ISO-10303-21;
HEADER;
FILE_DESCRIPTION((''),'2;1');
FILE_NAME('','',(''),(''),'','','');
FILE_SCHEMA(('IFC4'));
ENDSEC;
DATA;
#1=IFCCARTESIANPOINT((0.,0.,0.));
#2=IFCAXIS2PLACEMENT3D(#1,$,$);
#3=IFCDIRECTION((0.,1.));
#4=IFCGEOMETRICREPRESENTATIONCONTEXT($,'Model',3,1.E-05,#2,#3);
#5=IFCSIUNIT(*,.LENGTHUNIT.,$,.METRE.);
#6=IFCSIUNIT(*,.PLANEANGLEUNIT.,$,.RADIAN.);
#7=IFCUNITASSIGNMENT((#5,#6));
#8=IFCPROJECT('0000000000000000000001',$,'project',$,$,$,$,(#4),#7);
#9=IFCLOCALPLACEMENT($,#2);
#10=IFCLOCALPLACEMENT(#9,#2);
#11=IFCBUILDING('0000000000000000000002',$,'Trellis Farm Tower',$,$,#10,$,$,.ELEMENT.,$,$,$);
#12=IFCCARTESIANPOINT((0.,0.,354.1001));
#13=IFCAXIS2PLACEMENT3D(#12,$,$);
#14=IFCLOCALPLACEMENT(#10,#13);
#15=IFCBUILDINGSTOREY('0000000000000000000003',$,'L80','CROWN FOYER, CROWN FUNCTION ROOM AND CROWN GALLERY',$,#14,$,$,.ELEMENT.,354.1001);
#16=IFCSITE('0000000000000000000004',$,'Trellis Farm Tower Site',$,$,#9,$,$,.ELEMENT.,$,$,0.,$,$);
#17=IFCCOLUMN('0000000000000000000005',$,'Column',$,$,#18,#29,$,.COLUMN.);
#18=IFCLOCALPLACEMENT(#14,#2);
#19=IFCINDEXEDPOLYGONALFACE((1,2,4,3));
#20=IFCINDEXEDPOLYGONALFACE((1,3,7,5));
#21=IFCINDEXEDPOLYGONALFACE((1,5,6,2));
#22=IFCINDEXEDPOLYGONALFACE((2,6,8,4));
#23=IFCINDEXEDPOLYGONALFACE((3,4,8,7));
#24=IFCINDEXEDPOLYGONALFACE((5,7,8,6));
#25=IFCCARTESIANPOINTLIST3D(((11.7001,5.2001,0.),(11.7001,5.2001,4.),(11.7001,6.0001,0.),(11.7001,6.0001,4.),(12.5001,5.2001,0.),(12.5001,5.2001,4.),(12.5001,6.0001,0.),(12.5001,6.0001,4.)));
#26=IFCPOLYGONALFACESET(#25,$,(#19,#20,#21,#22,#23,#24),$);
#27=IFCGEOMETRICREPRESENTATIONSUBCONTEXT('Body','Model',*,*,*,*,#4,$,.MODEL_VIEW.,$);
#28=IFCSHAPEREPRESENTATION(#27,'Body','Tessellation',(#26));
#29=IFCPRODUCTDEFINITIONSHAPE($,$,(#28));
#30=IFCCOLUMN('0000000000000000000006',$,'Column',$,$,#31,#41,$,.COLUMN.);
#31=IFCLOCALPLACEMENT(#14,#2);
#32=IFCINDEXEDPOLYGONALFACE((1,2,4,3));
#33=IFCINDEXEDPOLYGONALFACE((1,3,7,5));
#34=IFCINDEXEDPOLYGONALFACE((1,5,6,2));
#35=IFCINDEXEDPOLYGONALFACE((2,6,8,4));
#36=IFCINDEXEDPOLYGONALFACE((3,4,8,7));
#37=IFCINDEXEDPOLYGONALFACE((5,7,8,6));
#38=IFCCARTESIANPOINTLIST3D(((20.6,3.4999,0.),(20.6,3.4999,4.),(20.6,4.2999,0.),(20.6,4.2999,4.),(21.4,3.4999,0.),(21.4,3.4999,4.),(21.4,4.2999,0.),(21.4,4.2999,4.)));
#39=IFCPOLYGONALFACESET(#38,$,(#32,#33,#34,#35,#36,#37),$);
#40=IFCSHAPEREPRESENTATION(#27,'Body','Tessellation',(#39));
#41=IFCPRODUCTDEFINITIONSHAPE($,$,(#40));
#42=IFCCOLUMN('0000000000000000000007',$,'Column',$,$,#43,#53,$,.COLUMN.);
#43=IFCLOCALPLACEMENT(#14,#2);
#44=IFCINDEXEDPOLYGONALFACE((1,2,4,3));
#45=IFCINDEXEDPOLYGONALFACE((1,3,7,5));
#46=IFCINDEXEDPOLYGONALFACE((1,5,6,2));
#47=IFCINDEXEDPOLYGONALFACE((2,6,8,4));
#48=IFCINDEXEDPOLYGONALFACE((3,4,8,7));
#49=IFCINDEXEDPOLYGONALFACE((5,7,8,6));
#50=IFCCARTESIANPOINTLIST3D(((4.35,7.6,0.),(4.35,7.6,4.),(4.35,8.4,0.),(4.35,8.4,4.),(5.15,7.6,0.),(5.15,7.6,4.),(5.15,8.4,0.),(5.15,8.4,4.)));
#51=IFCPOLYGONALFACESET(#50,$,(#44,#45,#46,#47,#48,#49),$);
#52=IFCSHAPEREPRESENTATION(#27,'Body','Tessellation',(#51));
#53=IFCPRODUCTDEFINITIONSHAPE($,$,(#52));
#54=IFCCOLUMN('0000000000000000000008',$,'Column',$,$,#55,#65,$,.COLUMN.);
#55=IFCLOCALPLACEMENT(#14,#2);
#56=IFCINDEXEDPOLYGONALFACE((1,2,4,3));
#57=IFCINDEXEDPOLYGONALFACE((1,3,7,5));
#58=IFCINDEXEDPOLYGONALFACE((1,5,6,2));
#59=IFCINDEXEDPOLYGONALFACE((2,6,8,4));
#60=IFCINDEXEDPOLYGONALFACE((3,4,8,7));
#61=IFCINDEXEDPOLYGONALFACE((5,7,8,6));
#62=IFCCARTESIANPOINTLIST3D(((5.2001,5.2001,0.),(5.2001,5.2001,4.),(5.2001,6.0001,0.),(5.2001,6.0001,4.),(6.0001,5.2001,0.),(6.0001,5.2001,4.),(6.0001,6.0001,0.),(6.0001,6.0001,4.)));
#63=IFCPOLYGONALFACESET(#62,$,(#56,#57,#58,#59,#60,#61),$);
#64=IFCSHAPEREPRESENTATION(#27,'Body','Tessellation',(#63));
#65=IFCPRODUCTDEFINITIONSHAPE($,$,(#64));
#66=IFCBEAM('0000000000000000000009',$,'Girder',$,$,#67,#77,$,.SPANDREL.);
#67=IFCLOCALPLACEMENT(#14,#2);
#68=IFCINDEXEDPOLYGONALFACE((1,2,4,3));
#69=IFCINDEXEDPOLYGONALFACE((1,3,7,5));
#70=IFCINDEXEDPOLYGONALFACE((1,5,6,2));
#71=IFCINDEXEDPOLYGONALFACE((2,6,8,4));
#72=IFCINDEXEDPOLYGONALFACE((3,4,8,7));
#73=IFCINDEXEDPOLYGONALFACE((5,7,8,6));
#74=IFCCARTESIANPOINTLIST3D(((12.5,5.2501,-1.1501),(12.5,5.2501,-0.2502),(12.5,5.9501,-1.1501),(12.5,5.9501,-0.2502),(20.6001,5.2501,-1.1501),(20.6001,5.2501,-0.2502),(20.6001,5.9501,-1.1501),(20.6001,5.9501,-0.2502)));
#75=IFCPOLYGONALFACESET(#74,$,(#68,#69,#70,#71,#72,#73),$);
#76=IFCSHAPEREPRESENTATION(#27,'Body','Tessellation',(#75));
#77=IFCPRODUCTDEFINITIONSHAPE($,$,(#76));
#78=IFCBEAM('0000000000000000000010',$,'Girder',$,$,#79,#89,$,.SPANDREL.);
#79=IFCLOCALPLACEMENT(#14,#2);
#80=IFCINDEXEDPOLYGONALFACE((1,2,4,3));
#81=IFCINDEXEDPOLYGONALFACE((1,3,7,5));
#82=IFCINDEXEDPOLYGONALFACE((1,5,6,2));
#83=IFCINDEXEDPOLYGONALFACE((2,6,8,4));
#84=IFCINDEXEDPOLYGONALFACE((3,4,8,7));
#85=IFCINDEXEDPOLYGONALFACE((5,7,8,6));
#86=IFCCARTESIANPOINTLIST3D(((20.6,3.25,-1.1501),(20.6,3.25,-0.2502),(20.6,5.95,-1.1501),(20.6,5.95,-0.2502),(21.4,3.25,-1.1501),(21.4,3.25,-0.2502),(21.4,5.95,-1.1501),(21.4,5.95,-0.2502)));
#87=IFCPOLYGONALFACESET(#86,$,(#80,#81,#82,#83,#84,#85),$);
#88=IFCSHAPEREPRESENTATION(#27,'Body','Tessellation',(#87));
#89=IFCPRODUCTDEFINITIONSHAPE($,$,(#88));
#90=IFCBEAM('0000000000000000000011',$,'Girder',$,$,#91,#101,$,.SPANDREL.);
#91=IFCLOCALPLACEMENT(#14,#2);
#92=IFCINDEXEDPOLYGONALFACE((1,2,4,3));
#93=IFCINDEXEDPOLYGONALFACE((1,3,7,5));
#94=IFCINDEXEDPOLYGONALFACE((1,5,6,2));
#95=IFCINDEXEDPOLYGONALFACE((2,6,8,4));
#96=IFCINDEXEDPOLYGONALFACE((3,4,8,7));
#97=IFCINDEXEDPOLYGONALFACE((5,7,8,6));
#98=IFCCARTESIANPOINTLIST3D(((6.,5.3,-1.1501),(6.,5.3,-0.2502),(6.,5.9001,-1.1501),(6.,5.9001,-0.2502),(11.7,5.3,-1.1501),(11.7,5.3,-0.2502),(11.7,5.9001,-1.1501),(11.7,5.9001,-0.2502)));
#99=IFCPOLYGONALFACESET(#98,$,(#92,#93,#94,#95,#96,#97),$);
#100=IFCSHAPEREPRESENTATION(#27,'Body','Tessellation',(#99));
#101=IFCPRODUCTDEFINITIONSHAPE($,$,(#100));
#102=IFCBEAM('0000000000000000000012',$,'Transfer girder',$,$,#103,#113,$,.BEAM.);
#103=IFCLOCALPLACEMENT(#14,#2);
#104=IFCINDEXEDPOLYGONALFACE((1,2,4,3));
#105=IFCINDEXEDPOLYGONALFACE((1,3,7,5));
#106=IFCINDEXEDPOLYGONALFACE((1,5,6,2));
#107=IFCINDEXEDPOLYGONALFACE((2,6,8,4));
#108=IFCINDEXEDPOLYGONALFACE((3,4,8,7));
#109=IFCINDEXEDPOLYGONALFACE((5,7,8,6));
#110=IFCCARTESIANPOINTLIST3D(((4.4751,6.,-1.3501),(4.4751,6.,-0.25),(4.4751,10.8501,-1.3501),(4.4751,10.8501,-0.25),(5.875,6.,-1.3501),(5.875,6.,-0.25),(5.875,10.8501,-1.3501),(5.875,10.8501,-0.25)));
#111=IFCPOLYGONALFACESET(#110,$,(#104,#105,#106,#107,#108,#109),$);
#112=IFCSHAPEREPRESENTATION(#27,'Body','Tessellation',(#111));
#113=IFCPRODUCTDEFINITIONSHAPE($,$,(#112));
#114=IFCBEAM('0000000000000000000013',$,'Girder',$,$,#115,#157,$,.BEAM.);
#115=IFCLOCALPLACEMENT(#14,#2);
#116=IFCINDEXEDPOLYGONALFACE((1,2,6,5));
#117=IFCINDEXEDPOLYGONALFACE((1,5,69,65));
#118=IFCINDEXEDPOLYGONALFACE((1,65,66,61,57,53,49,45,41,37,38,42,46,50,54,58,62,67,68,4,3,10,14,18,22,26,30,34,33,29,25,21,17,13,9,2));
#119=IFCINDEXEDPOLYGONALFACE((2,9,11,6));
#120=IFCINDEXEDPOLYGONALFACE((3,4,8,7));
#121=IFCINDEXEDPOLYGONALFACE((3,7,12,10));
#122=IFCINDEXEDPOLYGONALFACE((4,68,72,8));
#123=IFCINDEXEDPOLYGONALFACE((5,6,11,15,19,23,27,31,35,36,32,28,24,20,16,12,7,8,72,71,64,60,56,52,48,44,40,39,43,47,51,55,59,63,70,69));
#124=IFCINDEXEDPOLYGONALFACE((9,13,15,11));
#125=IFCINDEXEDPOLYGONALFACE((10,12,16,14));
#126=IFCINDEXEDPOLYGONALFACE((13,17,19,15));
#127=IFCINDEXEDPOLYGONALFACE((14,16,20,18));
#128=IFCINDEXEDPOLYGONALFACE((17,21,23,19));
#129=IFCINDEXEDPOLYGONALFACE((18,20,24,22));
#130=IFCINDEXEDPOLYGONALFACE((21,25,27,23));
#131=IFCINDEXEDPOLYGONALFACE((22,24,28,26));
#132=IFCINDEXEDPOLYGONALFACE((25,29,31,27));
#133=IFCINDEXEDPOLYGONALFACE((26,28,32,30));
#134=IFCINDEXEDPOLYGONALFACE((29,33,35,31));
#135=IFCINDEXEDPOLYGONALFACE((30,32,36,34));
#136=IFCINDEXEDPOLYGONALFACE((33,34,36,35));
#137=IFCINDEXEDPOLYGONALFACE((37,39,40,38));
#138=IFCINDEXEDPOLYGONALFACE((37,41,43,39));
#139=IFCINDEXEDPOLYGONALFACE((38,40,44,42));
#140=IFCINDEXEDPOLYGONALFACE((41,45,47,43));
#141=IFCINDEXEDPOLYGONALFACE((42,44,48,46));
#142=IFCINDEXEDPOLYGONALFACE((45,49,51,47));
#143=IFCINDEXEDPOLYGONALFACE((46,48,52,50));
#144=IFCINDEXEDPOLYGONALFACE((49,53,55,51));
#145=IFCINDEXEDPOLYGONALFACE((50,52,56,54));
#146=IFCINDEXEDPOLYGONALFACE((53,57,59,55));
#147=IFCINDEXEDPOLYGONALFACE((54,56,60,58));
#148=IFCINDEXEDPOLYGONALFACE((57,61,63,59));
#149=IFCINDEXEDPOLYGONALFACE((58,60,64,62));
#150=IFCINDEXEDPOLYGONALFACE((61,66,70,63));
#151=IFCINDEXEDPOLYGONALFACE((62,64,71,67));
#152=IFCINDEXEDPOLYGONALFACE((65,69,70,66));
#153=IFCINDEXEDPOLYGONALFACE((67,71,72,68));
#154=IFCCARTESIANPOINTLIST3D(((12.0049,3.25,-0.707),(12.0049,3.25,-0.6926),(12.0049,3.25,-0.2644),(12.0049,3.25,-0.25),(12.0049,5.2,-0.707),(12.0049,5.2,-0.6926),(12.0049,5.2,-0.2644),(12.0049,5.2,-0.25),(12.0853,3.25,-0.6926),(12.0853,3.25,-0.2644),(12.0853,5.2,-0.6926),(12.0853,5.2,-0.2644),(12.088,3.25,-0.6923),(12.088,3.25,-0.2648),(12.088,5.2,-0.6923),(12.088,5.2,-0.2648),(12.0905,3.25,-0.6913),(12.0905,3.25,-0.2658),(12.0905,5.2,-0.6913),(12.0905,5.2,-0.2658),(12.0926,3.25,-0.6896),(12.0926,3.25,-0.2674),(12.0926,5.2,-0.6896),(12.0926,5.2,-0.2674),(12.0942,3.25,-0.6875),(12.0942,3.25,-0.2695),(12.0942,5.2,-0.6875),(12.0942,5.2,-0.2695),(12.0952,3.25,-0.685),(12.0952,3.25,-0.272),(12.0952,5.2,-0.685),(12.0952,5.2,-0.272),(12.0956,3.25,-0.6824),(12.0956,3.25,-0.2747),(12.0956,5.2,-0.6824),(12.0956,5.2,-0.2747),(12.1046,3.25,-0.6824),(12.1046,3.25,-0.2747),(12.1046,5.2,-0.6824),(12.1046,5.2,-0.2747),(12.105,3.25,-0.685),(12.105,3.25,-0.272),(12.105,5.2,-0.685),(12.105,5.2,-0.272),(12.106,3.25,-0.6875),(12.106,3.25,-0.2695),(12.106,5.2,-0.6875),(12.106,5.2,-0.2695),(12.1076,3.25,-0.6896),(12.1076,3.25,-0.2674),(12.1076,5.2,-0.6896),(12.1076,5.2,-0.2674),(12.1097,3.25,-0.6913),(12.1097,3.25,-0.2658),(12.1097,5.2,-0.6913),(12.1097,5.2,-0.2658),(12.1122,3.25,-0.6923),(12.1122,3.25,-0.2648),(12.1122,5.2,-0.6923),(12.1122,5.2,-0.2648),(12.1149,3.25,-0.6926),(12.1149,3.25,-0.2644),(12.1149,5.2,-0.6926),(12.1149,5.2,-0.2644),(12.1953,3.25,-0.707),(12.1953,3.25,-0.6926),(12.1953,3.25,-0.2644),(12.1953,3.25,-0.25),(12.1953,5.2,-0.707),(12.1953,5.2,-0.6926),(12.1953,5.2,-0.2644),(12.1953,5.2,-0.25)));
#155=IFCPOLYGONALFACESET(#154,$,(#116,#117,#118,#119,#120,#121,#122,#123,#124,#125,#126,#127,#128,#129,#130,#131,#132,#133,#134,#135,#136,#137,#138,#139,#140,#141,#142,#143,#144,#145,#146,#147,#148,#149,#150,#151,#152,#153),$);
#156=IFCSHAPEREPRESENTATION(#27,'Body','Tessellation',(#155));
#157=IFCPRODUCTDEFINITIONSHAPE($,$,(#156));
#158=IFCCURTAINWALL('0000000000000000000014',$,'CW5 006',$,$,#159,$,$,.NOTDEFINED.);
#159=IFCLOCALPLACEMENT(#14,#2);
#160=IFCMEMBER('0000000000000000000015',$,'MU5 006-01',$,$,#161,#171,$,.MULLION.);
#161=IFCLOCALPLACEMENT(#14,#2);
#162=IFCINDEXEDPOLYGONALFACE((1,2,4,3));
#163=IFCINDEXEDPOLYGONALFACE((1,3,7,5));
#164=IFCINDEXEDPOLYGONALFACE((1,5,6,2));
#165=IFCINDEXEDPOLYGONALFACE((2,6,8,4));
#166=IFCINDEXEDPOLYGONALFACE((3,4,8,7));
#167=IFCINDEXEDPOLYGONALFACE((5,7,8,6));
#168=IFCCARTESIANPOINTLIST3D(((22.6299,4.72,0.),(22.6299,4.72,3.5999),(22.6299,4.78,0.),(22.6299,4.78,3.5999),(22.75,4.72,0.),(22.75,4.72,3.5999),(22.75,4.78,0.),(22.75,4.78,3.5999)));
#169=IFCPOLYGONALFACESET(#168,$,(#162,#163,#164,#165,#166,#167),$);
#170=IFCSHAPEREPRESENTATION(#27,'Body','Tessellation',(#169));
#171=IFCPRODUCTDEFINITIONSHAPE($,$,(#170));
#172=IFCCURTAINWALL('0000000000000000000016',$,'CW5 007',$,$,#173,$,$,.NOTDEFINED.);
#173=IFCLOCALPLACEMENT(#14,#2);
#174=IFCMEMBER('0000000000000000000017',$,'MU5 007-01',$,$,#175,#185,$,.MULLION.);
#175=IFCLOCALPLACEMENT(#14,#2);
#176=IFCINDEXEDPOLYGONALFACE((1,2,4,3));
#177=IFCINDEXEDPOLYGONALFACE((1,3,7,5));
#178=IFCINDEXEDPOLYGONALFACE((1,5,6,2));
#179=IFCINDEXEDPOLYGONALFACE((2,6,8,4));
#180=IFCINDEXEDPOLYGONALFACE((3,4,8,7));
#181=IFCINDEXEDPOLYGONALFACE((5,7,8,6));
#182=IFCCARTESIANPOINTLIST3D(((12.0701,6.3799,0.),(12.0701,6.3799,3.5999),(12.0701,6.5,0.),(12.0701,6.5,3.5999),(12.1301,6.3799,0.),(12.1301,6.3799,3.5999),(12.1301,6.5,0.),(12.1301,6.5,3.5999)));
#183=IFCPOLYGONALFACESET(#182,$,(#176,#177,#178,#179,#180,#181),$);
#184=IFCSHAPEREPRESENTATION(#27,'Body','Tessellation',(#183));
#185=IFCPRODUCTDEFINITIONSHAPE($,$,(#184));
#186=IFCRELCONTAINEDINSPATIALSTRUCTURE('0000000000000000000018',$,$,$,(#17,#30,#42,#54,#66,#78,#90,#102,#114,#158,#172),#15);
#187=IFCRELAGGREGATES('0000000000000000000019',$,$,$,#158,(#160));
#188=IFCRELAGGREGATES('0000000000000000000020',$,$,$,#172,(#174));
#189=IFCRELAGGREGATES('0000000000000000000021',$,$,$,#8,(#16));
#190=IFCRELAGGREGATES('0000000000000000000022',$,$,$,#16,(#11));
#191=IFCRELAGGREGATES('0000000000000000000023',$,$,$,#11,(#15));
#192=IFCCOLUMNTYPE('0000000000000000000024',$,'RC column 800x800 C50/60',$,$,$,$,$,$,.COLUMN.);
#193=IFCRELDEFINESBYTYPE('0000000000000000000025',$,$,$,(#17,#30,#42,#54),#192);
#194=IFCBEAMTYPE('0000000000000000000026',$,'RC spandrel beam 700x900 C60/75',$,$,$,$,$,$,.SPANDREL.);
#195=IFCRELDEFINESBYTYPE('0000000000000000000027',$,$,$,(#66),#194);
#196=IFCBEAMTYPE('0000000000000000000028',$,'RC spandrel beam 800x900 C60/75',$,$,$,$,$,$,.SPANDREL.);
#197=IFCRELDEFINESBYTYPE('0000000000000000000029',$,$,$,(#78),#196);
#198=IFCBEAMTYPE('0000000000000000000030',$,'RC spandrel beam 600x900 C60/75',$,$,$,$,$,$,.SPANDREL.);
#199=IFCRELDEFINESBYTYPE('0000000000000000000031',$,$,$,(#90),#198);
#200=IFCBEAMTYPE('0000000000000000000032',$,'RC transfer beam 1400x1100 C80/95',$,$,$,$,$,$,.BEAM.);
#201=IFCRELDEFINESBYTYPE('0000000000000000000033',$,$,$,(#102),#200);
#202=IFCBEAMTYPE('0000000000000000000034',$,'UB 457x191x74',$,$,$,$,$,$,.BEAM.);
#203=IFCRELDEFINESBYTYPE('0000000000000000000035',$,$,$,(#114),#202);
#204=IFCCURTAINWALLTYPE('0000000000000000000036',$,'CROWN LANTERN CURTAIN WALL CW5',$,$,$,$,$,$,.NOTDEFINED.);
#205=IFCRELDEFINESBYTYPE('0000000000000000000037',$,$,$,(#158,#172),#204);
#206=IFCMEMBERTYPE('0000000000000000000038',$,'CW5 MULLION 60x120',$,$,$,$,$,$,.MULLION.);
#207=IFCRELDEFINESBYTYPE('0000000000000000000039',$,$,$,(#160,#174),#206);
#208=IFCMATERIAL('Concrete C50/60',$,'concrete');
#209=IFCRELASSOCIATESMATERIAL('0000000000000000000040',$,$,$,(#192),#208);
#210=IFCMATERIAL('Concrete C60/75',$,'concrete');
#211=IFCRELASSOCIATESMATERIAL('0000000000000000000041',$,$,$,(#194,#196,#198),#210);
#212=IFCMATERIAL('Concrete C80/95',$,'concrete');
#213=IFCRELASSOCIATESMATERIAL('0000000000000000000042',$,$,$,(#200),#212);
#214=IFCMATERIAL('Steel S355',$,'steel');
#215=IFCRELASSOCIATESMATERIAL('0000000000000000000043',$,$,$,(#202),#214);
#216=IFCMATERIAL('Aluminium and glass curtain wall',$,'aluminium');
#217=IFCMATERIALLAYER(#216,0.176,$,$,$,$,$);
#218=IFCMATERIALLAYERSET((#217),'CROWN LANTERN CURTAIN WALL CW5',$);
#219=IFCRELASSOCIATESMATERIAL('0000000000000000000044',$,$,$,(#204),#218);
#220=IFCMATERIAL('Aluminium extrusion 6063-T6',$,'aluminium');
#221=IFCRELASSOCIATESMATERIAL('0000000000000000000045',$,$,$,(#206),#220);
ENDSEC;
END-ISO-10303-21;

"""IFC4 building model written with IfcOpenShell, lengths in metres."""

from ifc_helpers import new_model, si_unit, direction, frame, origin, origin_2d, place, context, subcontext, project, spatial, rectangle, i_section, extrude, source, transform, mapped, material, layer, layer_set, material_profile, profile_set, type_object, element, aggregate, save


model = new_model("IFC4")

# Units and contexts
model_context = context("Model", 3, precision=1e-05, world=origin(), true_north=direction((0.0, 1.0)))
body_context = subcontext(model_context, "Body", "Model", "MODEL_VIEW")
ifc_project = project(units=[si_unit("LENGTHUNIT", "METRE"), si_unit("PLANEANGLEUNIT", "RADIAN")], contexts=[model_context])

# Site, building, storey
site_placement = place(None, origin())
site = spatial("IfcSite", under=ifc_project, at=site_placement, Name="Trellis Farm Tower Site", CompositionType="ELEMENT", RefElevation=0.0)
building_placement = place(site_placement, origin())
building = spatial("IfcBuilding", under=site, at=building_placement, Name="Trellis Farm Tower", CompositionType="ELEMENT")
storey_placement = place(building_placement, frame((0.0, 0.0, 354.1001)))
storey = spatial("IfcBuildingStorey", under=building, at=storey_placement, Name="L80", Description="CROWN FOYER, CROWN FUNCTION ROOM AND CROWN GALLERY", CompositionType="ELEMENT", Elevation=354.1001)

# Columns
ifc_material_1 = material(Name="Concrete C50/60", Category="concrete")
ifc_material_profile_1 = material_profile(ifc_material_1, rectangle(XDim=0.8, YDim=0.8, at=origin_2d()), Name="RC column 800x800 C50/60")
ifc_profile_set_1 = profile_set([ifc_material_profile_1], Name="Concrete C50/60")
column_type = type_object("IfcColumnType", Name="RC column 800x800 C50/60", PredefinedType="COLUMN", material=ifc_profile_set_1)
shared_shape_1 = source(origin(), body_context, "Body", "SweptSolid", [
    extrude(rectangle(XDim=0.8, YDim=0.8, at=origin_2d()), origin(), (0.0, 0.0, 1.0), 4.0),
])
for number, where, z_axis, x_axis, name in (
    (1, (12.1001, 5.6001, 0.0), (0.0, 0.0, 1.0), (1.0, 0.0, 0.0), "Column"),
    (2, (21.0, 3.8999, 0.0), (0.0, 0.0, 1.0), (1.0, 0.0, 0.0), "Column"),
    (3, (4.75, 8.0, 0.0), (0.0, 0.0, 1.0), (1.0, 0.0, 0.0), "Column"),
    (4, (5.6001, 5.6001, 0.0), (0.0, 0.0, 1.0), (1.0, 0.0, 0.0), "Column"),
):
    element("IfcColumn", number, at=place(storey_placement, frame(where, z_axis=z_axis, x_axis=x_axis)), inside=storey, type_object=column_type, Name=name, PredefinedType="COLUMN", context=body_context, shape_type="MappedRepresentation", body=[
        mapped(shared_shape_1, transform((0.0, 0.0, 0.0))),
    ])

# Beams
ifc_material_2 = material(Name="Concrete C60/75", Category="concrete")
ifc_material_profile_2 = material_profile(ifc_material_2, rectangle(XDim=0.7, YDim=0.8999, at=origin_2d()), Name="RC spandrel beam 700x900 C60/75")
ifc_profile_set_2 = profile_set([ifc_material_profile_2], Name="Concrete C60/75")
beam_type_1 = type_object("IfcBeamType", Name="RC spandrel beam 700x900 C60/75", PredefinedType="SPANDREL", material=ifc_profile_set_2)
shared_shape_2 = source(origin(), body_context, "Body", "SweptSolid", [
    extrude(rectangle(XDim=0.7, YDim=0.8999, at=origin_2d()), origin(), (0.0, 0.0, 1.0), 8.1001),
])
beam_1_placement = place(storey_placement, frame((12.5, 5.6001, -0.7002), z_axis=(1.0, 0.0, 0.0), x_axis=(0.0, 1.0, 0.0)))
element("IfcBeam", 5, at=beam_1_placement, inside=storey, type_object=beam_type_1, Name="Girder", PredefinedType="SPANDREL", context=body_context, shape_type="MappedRepresentation", body=[
    mapped(shared_shape_2, transform((0.0, 0.0, 0.0))),
])
ifc_material_profile_3 = material_profile(ifc_material_2, rectangle(XDim=0.8, YDim=0.8999, at=origin_2d()), Name="RC spandrel beam 800x900 C60/75")
ifc_profile_set_3 = profile_set([ifc_material_profile_3], Name="Concrete C60/75")
beam_type_2 = type_object("IfcBeamType", Name="RC spandrel beam 800x900 C60/75", PredefinedType="SPANDREL", material=ifc_profile_set_3)
shared_shape_3 = source(origin(), body_context, "Body", "SweptSolid", [
    extrude(rectangle(XDim=0.8, YDim=0.8999, at=origin_2d()), origin(), (0.0, 0.0, 1.0), 2.7),
])
beam_2_placement = place(storey_placement, frame((21.0, 3.25, -0.7002), z_axis=(0.0, 1.0, 0.0), x_axis=(-1.0, 0.0, 0.0)))
element("IfcBeam", 6, at=beam_2_placement, inside=storey, type_object=beam_type_2, Name="Girder", PredefinedType="SPANDREL", context=body_context, shape_type="MappedRepresentation", body=[
    mapped(shared_shape_3, transform((0.0, 0.0, 0.0))),
])
ifc_material_profile_4 = material_profile(ifc_material_2, rectangle(XDim=0.6001, YDim=0.8999, at=origin_2d()), Name="RC spandrel beam 600x900 C60/75")
ifc_profile_set_4 = profile_set([ifc_material_profile_4], Name="Concrete C60/75")
beam_type_3 = type_object("IfcBeamType", Name="RC spandrel beam 600x900 C60/75", PredefinedType="SPANDREL", material=ifc_profile_set_4)
shared_shape_4 = source(origin(), body_context, "Body", "SweptSolid", [
    extrude(rectangle(XDim=0.6001, YDim=0.8999, at=origin_2d()), origin(), (0.0, 0.0, 1.0), 5.7),
])
beam_3_placement = place(storey_placement, frame((6.0, 5.6001, -0.7002), z_axis=(1.0, 0.0, 0.0), x_axis=(0.0, 1.0, 0.0)))
element("IfcBeam", 7, at=beam_3_placement, inside=storey, type_object=beam_type_3, Name="Girder", PredefinedType="SPANDREL", context=body_context, shape_type="MappedRepresentation", body=[
    mapped(shared_shape_4, transform((0.0, 0.0, 0.0))),
])
ifc_material_3 = material(Name="Concrete C80/95", Category="concrete")
ifc_material_profile_5 = material_profile(ifc_material_3, rectangle(XDim=1.3999, YDim=1.1001, at=origin_2d()), Name="RC transfer beam 1400x1100 C80/95")
ifc_profile_set_5 = profile_set([ifc_material_profile_5], Name="Concrete C80/95")
beam_type_4 = type_object("IfcBeamType", Name="RC transfer beam 1400x1100 C80/95", PredefinedType="BEAM", material=ifc_profile_set_5)
shared_shape_5 = source(origin(), body_context, "Body", "SweptSolid", [
    extrude(rectangle(XDim=1.3999, YDim=1.1001, at=origin_2d()), origin(), (0.0, 0.0, 1.0), 4.8501),
])
beam_4_placement = place(storey_placement, frame((5.175, 6.0, -0.8), z_axis=(0.0, 1.0, 0.0), x_axis=(-1.0, 0.0, 0.0)))
element("IfcBeam", 8, at=beam_4_placement, inside=storey, type_object=beam_type_4, Name="Transfer girder", PredefinedType="BEAM", context=body_context, shape_type="MappedRepresentation", body=[
    mapped(shared_shape_5, transform((0.0, 0.0, 0.0))),
])
ifc_material_4 = material(Name="Steel S355", Category="steel")
ifc_material_profile_6 = material_profile(ifc_material_4, i_section(OverallWidth=0.1904, OverallDepth=0.457, WebThickness=0.009, FlangeThickness=0.0144, FilletRadius=0.0103, at=origin_2d()), Name="UB 457x191x74")
ifc_profile_set_6 = profile_set([ifc_material_profile_6], Name="Steel S355")
beam_type_5 = type_object("IfcBeamType", Name="UB 457x191x74", PredefinedType="BEAM", material=ifc_profile_set_6)
shared_shape_6 = source(origin(), body_context, "Body", "SweptSolid", [
    extrude(i_section(OverallWidth=0.1904, OverallDepth=0.457, WebThickness=0.009, FlangeThickness=0.0144, FilletRadius=0.0103, at=origin_2d()), origin(), (0.0, 0.0, 1.0), 1.95),
])
beam_5_placement = place(storey_placement, frame((12.1001, 3.25, -0.4785), z_axis=(0.0, 1.0, 0.0), x_axis=(-1.0, 0.0, 0.0)))
element("IfcBeam", 9, at=beam_5_placement, inside=storey, type_object=beam_type_5, Name="Girder", PredefinedType="BEAM", context=body_context, shape_type="MappedRepresentation", body=[
    mapped(shared_shape_6, transform((0.0, 0.0, 0.0))),
])

# Curtain walls, members
ifc_material_5 = material(Name="Aluminium and glass curtain wall", Category="aluminium")
ifc_layer_1 = layer(ifc_material_5, 0.176)
ifc_layer_set_1 = layer_set([ifc_layer_1], Name="CROWN LANTERN CURTAIN WALL CW5")
curtain_wall_type = type_object("IfcCurtainWallType", Name="CROWN LANTERN CURTAIN WALL CW5", PredefinedType="NOTDEFINED", material=ifc_layer_set_1)
placement = place(storey_placement, origin())
curtain_wall_1 = element("IfcCurtainWall", 10, at=placement, inside=storey, type_object=curtain_wall_type, Name="CW5 006", PredefinedType="NOTDEFINED")
ifc_material_6 = material(Name="Aluminium extrusion 6063-T6", Category="aluminium")
ifc_material_profile_7 = material_profile(ifc_material_6, rectangle(XDim=0.0601, YDim=0.1201, at=origin_2d()), Name="MULLION 60x120")
ifc_profile_set_7 = profile_set([ifc_material_profile_7], Name="Aluminium extrusion 6063-T6")
member_type = type_object("IfcMemberType", Name="CW5 MULLION 60x120", PredefinedType="MULLION", material=ifc_profile_set_7)
shared_shape_7 = source(origin(), body_context, "Body", "SweptSolid", [
    extrude(rectangle(XDim=0.0601, YDim=0.1201, at=origin_2d()), origin(), (0.0, 0.0, 1.0), 3.5999),
])
member_1_placement = place(storey_placement, frame((22.6899, 4.75, 0.0), z_axis=(0.0, 0.0, 1.0), x_axis=(0.0, 1.0, 0.0)))
member_1 = element("IfcMember", 11, at=member_1_placement, type_object=member_type, Name="MU5 006-01", PredefinedType="MULLION", context=body_context, shape_type="MappedRepresentation", body=[
    mapped(shared_shape_7, transform((0.0, 0.0, 0.0))),
])
aggregate(curtain_wall_1, [member_1])
curtain_wall_2 = element("IfcCurtainWall", 12, at=placement, inside=storey, type_object=curtain_wall_type, Name="CW5 007", PredefinedType="NOTDEFINED")
member_2_placement = place(storey_placement, frame((12.1001, 6.4399, 0.0), z_axis=(0.0, 0.0, 1.0), x_axis=(-1.0, 0.0, 0.0)))
member_2 = element("IfcMember", 13, at=member_2_placement, type_object=member_type, Name="MU5 007-01", PredefinedType="MULLION", context=body_context, shape_type="MappedRepresentation", body=[
    mapped(shared_shape_7, transform((0.0, 0.0, 0.0))),
])
aggregate(curtain_wall_2, [member_2])

save(model, "model.ifc")
